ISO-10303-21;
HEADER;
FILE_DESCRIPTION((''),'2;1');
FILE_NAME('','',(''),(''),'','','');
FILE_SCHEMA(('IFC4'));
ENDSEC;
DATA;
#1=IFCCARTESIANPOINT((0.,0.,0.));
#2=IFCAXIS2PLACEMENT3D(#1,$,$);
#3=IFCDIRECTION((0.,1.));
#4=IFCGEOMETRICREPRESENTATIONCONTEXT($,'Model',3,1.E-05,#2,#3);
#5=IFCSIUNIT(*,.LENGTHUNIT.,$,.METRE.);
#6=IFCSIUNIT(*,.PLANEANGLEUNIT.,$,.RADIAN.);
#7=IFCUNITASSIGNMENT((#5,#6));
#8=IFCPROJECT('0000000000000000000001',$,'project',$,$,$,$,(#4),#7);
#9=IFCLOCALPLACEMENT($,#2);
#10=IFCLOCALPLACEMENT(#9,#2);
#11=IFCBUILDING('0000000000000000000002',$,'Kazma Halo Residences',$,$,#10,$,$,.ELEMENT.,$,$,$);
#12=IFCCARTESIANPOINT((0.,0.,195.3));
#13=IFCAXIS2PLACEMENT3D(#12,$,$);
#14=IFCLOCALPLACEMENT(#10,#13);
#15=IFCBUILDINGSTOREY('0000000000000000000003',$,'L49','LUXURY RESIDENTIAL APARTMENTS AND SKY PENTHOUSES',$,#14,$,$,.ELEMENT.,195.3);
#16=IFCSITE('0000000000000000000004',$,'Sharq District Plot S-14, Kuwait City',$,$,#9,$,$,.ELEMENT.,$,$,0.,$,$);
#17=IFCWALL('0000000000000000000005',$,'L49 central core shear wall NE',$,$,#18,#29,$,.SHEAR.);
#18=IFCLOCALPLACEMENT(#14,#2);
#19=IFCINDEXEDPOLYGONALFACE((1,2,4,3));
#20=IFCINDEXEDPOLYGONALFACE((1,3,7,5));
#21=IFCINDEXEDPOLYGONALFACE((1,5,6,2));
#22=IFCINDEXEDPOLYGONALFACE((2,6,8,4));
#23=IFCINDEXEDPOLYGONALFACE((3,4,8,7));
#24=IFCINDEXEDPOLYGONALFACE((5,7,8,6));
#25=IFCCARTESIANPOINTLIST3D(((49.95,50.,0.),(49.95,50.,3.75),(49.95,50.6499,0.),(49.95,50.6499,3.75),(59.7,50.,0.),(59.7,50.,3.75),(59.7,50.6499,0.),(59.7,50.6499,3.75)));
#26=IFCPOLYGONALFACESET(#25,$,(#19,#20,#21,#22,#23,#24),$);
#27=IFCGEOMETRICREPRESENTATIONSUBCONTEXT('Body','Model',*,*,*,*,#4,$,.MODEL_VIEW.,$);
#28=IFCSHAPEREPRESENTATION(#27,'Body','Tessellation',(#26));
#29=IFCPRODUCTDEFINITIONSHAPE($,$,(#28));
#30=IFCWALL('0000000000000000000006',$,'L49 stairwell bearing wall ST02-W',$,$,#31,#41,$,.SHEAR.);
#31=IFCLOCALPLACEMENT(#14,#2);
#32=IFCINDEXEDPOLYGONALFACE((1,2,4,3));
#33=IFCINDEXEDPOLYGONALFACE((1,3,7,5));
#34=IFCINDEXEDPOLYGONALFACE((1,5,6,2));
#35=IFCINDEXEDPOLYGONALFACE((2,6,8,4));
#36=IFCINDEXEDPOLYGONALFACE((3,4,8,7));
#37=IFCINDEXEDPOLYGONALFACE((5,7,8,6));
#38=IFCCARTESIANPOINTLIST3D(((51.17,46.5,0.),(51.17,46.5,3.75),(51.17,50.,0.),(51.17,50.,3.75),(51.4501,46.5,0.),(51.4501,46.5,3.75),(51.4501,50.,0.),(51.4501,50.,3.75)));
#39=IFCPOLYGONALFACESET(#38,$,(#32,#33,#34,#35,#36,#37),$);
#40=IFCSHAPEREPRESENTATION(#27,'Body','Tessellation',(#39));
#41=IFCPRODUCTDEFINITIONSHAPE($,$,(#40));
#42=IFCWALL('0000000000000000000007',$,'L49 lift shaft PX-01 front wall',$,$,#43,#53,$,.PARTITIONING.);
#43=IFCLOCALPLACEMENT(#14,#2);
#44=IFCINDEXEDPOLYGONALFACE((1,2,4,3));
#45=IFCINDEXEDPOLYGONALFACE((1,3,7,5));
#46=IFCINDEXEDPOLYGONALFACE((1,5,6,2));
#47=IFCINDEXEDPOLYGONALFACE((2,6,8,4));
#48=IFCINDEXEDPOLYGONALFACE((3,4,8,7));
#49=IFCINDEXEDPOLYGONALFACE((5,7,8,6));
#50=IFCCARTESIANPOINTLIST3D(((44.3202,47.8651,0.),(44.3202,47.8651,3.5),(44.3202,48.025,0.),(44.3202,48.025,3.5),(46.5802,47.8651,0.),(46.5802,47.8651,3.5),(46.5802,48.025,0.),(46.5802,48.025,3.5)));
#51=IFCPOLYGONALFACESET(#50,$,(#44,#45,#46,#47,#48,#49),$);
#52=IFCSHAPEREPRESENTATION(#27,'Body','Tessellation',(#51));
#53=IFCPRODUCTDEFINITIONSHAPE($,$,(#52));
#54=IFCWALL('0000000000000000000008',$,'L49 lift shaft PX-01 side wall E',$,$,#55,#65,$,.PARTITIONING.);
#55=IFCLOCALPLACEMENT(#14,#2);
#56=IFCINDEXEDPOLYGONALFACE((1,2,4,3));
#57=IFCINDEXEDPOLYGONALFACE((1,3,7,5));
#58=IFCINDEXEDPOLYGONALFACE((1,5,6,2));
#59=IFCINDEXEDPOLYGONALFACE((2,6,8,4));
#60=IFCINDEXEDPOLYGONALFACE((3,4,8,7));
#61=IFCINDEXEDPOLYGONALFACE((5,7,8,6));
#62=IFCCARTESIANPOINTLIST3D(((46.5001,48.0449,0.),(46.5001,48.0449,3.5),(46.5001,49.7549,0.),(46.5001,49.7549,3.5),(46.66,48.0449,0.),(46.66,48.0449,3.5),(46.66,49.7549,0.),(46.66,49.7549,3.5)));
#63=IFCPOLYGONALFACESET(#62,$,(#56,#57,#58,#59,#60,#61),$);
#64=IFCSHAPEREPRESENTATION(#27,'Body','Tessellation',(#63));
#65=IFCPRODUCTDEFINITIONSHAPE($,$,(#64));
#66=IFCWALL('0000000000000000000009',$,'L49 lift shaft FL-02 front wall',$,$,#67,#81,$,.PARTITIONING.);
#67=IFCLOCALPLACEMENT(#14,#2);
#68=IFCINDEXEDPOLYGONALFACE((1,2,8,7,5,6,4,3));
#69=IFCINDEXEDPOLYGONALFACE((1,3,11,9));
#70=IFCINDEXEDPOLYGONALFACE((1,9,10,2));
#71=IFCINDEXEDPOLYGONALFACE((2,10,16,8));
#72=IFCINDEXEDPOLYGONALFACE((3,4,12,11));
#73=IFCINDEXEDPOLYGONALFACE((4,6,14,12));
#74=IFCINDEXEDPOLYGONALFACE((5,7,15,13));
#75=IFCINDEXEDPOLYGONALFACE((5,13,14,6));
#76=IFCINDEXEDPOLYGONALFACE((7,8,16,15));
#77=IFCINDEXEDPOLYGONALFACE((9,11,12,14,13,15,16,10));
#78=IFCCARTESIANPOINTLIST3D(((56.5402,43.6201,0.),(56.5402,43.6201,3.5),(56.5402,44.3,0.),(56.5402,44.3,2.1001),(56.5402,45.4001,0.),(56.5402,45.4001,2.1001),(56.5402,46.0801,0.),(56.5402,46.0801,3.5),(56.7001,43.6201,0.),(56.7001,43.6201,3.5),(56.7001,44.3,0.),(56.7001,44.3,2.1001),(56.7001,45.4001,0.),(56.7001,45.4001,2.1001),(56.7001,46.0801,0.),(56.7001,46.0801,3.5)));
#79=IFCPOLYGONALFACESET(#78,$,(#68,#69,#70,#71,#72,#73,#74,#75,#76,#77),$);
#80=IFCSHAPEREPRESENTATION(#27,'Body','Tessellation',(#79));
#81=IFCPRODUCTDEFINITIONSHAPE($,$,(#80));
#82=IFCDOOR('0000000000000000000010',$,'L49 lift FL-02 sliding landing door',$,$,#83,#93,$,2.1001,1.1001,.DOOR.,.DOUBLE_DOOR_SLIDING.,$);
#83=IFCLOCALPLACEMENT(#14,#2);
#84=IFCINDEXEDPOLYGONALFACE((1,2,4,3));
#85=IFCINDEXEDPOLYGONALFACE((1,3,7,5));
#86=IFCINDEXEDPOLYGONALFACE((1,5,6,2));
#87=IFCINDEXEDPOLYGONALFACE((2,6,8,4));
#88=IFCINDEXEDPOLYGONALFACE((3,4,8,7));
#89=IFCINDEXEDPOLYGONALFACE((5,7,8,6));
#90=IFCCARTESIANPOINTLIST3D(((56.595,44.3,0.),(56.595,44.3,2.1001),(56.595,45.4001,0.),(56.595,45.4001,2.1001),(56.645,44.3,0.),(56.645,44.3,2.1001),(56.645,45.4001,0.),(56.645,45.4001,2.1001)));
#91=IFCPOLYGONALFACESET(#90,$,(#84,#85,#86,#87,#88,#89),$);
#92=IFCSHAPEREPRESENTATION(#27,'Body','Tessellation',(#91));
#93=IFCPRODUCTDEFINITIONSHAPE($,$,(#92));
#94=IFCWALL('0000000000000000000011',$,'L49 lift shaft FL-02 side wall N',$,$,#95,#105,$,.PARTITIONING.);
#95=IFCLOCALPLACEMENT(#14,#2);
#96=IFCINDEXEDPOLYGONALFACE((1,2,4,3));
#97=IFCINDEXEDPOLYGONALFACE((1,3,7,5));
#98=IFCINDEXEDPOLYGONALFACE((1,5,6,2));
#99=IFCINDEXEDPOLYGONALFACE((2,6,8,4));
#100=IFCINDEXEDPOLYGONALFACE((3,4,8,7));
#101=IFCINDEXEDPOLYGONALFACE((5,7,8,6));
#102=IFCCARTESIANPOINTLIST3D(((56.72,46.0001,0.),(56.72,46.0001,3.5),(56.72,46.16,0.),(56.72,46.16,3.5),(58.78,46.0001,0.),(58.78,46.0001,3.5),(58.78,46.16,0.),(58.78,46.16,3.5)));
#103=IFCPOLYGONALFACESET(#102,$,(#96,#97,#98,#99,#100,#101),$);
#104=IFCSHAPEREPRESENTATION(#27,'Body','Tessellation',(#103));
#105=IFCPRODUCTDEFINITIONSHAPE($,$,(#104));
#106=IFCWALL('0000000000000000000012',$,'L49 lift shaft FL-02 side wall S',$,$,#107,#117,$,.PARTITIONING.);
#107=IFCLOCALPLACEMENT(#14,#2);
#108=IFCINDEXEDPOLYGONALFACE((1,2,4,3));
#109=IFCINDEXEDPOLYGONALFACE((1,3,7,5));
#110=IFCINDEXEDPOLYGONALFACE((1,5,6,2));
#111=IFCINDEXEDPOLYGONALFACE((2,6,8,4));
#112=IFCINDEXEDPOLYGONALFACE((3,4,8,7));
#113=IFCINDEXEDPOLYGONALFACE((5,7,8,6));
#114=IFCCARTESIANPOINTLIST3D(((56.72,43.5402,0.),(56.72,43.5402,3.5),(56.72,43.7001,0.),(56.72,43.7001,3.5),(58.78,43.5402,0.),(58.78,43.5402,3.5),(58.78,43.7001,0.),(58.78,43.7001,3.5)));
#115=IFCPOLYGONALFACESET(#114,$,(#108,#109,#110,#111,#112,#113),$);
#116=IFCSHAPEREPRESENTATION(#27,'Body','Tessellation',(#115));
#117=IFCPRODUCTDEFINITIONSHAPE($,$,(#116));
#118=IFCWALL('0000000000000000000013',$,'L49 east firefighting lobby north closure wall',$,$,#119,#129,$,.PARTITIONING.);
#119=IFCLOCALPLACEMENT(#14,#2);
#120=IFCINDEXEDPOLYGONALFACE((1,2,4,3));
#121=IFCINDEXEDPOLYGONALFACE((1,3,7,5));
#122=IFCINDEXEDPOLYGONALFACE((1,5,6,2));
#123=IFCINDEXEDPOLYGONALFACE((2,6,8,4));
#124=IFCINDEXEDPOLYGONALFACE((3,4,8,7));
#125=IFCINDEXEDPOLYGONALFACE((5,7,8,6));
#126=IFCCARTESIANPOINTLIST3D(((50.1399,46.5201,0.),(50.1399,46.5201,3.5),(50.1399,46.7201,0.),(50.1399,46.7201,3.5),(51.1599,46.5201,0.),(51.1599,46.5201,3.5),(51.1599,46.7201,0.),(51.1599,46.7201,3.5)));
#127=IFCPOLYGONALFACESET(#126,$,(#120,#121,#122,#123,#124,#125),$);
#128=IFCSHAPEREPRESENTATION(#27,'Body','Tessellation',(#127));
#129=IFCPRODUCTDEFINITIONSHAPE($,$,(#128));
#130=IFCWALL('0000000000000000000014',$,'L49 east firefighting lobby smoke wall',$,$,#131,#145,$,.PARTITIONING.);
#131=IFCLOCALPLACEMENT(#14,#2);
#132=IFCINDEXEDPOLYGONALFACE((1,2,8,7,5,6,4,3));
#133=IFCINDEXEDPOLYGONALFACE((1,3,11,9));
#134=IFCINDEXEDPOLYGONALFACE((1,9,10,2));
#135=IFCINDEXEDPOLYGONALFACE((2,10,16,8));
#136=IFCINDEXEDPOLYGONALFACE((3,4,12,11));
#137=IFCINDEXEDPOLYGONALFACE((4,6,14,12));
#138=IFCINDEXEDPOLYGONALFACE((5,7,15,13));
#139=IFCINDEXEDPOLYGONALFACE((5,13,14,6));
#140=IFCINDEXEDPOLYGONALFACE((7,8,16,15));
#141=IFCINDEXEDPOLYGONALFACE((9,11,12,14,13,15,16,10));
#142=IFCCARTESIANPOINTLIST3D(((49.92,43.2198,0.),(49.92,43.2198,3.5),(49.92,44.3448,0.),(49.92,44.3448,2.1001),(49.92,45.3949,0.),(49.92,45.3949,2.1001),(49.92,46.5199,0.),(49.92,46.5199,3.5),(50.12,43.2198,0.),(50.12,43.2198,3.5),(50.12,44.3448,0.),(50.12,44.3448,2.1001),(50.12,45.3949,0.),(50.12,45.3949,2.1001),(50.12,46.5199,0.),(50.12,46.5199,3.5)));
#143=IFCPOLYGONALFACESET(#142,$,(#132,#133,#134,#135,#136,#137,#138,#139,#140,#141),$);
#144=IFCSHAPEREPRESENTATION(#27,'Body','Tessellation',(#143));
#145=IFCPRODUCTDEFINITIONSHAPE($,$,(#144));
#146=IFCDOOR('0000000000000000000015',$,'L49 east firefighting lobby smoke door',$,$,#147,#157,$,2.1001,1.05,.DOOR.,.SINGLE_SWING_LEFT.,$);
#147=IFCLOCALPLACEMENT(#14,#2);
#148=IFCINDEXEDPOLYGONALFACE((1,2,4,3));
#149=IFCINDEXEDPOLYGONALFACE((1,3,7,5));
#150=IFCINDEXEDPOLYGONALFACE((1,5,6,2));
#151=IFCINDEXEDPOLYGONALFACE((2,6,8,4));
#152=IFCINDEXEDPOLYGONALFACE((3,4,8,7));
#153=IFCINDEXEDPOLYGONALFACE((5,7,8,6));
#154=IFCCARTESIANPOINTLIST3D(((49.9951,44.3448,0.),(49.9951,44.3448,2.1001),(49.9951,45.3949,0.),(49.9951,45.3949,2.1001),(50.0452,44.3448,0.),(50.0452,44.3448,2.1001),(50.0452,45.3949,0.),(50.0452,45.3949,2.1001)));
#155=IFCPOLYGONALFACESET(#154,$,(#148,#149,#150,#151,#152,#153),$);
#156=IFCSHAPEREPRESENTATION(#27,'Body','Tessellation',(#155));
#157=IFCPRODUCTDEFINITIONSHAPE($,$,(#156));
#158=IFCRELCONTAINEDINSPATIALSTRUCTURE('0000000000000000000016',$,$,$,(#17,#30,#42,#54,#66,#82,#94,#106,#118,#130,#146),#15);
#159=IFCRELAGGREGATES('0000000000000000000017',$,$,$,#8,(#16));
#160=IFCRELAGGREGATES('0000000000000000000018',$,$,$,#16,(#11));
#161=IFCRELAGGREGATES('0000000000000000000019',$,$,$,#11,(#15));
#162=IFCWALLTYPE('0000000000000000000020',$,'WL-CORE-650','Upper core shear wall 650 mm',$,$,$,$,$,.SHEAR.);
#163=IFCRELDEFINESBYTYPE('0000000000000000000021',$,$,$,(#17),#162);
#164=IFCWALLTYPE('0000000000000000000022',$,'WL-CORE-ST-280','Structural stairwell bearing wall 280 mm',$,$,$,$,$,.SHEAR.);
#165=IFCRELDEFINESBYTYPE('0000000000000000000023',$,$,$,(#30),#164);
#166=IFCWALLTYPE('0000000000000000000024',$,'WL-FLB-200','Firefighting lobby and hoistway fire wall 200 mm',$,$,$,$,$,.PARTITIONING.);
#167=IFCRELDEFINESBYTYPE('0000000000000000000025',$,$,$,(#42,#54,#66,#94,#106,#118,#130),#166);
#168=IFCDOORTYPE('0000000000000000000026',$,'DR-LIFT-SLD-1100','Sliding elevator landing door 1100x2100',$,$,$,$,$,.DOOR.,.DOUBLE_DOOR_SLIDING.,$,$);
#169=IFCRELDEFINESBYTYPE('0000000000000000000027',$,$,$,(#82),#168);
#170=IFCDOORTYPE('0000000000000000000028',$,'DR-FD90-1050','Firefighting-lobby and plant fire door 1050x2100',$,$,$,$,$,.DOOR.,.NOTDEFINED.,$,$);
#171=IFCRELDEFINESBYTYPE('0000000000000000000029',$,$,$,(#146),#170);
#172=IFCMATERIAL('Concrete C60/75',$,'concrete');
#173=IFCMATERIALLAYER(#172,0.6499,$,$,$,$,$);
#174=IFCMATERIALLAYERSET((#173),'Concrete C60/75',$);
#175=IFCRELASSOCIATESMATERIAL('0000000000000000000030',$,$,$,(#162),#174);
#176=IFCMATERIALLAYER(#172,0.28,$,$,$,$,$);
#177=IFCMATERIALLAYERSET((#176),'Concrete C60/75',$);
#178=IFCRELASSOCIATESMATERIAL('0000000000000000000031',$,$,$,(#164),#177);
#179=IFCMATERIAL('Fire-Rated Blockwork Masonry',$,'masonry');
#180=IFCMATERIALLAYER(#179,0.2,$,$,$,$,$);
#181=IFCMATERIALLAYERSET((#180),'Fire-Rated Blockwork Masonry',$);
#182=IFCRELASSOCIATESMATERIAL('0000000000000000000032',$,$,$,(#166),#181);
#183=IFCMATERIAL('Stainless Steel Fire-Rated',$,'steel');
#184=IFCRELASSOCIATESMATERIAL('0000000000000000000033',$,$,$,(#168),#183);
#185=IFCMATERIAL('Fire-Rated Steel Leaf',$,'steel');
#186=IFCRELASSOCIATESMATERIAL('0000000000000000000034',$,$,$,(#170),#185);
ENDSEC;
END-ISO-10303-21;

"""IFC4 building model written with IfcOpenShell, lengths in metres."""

from ifc_helpers import new_model, si_unit, direction, frame, frame_2d, origin, place, context, subcontext, project, spatial, rectangle, extrude, material, layer, layer_set, type_object, element, fill, save


model = new_model("IFC4")

# Units and contexts
model_context = context("Model", 3, precision=1e-05, world=origin(), true_north=direction((0.0, 1.0)))
body_context = subcontext(model_context, "Body", "Model", "MODEL_VIEW")
ifc_project = project(units=[si_unit("LENGTHUNIT", "METRE"), si_unit("PLANEANGLEUNIT", "RADIAN")], contexts=[model_context])

# Site, building, storey
site_placement = place(None, origin())
site = spatial("IfcSite", under=ifc_project, at=site_placement, Name="Sharq District Plot S-14, Kuwait City", CompositionType="ELEMENT", RefElevation=0.0)
building_placement = place(site_placement, origin())
building = spatial("IfcBuilding", under=site, at=building_placement, Name="Kazma Halo Residences", CompositionType="ELEMENT")
storey_placement = place(building_placement, frame((0.0, 0.0, 195.3)))
storey = spatial("IfcBuildingStorey", under=building, at=storey_placement, Name="L49", Description="LUXURY RESIDENTIAL APARTMENTS AND SKY PENTHOUSES", CompositionType="ELEMENT", Elevation=195.3)

# Walls
ifc_material_1 = material(Name="Concrete C60/75", Category="concrete")
ifc_layer_1 = layer(ifc_material_1, 0.6499)
ifc_layer_set_1 = layer_set([ifc_layer_1], Name="Concrete C60/75")
wall_type_1 = type_object("IfcWallType", Name="WL-CORE-650", Description="Upper core shear wall 650 mm", PredefinedType="SHEAR", material=ifc_layer_set_1)
wall_1_placement = place(storey_placement, frame((49.95, 50.325, 0.0), z_axis=(0.0, 0.0, 1.0), x_axis=(1.0, 0.0, 0.0)))
element("IfcWall", 1, at=wall_1_placement, inside=storey, type_object=wall_type_1, Name="L49 central core shear wall NE", PredefinedType="SHEAR", context=body_context, shape_type="SweptSolid", body=[
    extrude(rectangle(XDim=9.75, YDim=0.6499, at=frame_2d((4.875, 0.0))), origin(), (0.0, 0.0, 1.0), 3.75),
])
ifc_layer_2 = layer(ifc_material_1, 0.28)
ifc_layer_set_2 = layer_set([ifc_layer_2], Name="Concrete C60/75")
wall_type_2 = type_object("IfcWallType", Name="WL-CORE-ST-280", Description="Structural stairwell bearing wall 280 mm", PredefinedType="SHEAR", material=ifc_layer_set_2)
wall_2_placement = place(storey_placement, frame((51.3101, 46.5, 0.0), z_axis=(0.0, 0.0, 1.0), x_axis=(0.0, 1.0, 0.0)))
element("IfcWall", 2, at=wall_2_placement, inside=storey, type_object=wall_type_2, Name="L49 stairwell bearing wall ST02-W", PredefinedType="SHEAR", context=body_context, shape_type="SweptSolid", body=[
    extrude(rectangle(XDim=3.5, YDim=0.28, at=frame_2d((1.75, 0.0))), origin(), (0.0, 0.0, 1.0), 3.75),
])
ifc_material_2 = material(Name="Fire-Rated Blockwork Masonry", Category="masonry")
ifc_layer_3 = layer(ifc_material_2, 0.2)
ifc_layer_set_3 = layer_set([ifc_layer_3], Name="Fire-Rated Blockwork Masonry")
wall_type_3 = type_object("IfcWallType", Name="WL-FLB-200", Description="Firefighting lobby and hoistway fire wall 200 mm", PredefinedType="PARTITIONING", material=ifc_layer_set_3)
wall_3_placement = place(storey_placement, frame((46.5801, 47.9451, 0.0), z_axis=(0.0, 0.0, 1.0), x_axis=(-1.0, 0.0, 0.0)))
element("IfcWall", 3, at=wall_3_placement, inside=storey, type_object=wall_type_3, Name="L49 lift shaft PX-01 front wall", PredefinedType="PARTITIONING", context=body_context, shape_type="SweptSolid", body=[
    extrude(rectangle(XDim=2.26, YDim=0.1599, at=frame_2d((1.1299, 0.0))), origin(), (0.0, 0.0, 1.0), 3.5),
])
wall_4_placement = place(storey_placement, frame((46.5801, 48.0449, 0.0), z_axis=(0.0, 0.0, 1.0), x_axis=(0.0, 1.0, 0.0)))
element("IfcWall", 4, at=wall_4_placement, inside=storey, type_object=wall_type_3, Name="L49 lift shaft PX-01 side wall E", PredefinedType="PARTITIONING", context=body_context, shape_type="SweptSolid", body=[
    extrude(rectangle(XDim=1.71, YDim=0.1599, at=frame_2d((0.855, 0.0))), origin(), (0.0, 0.0, 1.0), 3.5),
])

# Wall, opening, door
wall_5_placement = place(storey_placement, frame((56.6201, 46.0801, 0.0), z_axis=(0.0, 0.0, 1.0), x_axis=(0.0, -1.0, 0.0)))
wall_5 = element("IfcWall", 5, at=wall_5_placement, inside=storey, type_object=wall_type_3, Name="L49 lift shaft FL-02 front wall", PredefinedType="PARTITIONING", context=body_context, shape_type="SweptSolid", body=[
    extrude(rectangle(XDim=2.46, YDim=0.1599, at=frame_2d((1.23, 0.0))), origin(), (0.0, 0.0, 1.0), 3.5),
])
opening_1_placement = place(wall_5_placement, frame((0.6799, 0.0, 0.0)))
opening_1 = element("IfcOpeningElement", 6, at=opening_1_placement, cuts=wall_5, PredefinedType="OPENING", context=body_context, shape_type="SweptSolid", body=[
    extrude(rectangle(XDim=1.1001, YDim=2.1001, at=frame_2d((0.55, 1.05))), frame((0.0, 0.0898, 0.0), z_axis=(0.0, -1.0, 0.0), x_axis=(1.0, 0.0, 0.0)), (0.0, 0.0, 1.0), 0.1799),
])
ifc_material_3 = material(Name="Stainless Steel Fire-Rated", Category="steel")
door_type_1 = type_object("IfcDoorType", Name="DR-LIFT-SLD-1100", Description="Sliding elevator landing door 1100x2100", OperationType="DOUBLE_DOOR_SLIDING", PredefinedType="DOOR", material=ifc_material_3)
door_1_placement = place(opening_1_placement, origin())
door_1 = element("IfcDoor", 7, at=door_1_placement, inside=storey, type_object=door_type_1, Name="L49 lift FL-02 sliding landing door", OperationType="DOUBLE_DOOR_SLIDING", OverallHeight=2.1001, OverallWidth=1.1001, PredefinedType="DOOR", context=body_context, shape_type="SweptSolid", body=[
    extrude(rectangle(XDim=1.1001, YDim=2.1001, at=frame_2d((0.55, 1.05))), frame((0.0, 0.0249, 0.0), z_axis=(0.0, -1.0, 0.0), x_axis=(1.0, 0.0, 0.0)), (0.0, 0.0, 1.0), 0.05),
])
fill(opening_1, door_1)

# Walls
for number, where, z_axis, x_axis, name in (
    (8, (56.72, 46.0801, 0.0), (0.0, 0.0, 1.0), (1.0, 0.0, 0.0), "L49 lift shaft FL-02 side wall N"),
    (9, (56.72, 43.6201, 0.0), (0.0, 0.0, 1.0), (1.0, 0.0, 0.0), "L49 lift shaft FL-02 side wall S"),
):
    element("IfcWall", number, at=place(storey_placement, frame(where, z_axis=z_axis, x_axis=x_axis)), inside=storey, type_object=wall_type_3, Name=name, PredefinedType="PARTITIONING", context=body_context, shape_type="SweptSolid", body=[
        extrude(rectangle(XDim=2.0601, YDim=0.1599, at=frame_2d((1.03, 0.0))), origin(), (0.0, 0.0, 1.0), 3.5),
    ])
wall_6_placement = place(storey_placement, frame((50.1399, 46.6201, 0.0), z_axis=(0.0, 0.0, 1.0), x_axis=(1.0, 0.0, 0.0)))
element("IfcWall", 10, at=wall_6_placement, inside=storey, type_object=wall_type_3, Name="L49 east firefighting lobby north closure wall", PredefinedType="PARTITIONING", context=body_context, shape_type="SweptSolid", body=[
    extrude(rectangle(XDim=1.02, YDim=0.2, at=frame_2d((0.51, 0.0))), origin(), (0.0, 0.0, 1.0), 3.5),
])

# Wall, opening, door
wall_7_placement = place(storey_placement, frame((50.02, 43.22, 0.0), z_axis=(0.0, 0.0, 1.0), x_axis=(0.0, 1.0, 0.0)))
wall_7 = element("IfcWall", 11, at=wall_7_placement, inside=storey, type_object=wall_type_3, Name="L49 east firefighting lobby smoke wall", PredefinedType="PARTITIONING", context=body_context, shape_type="SweptSolid", body=[
    extrude(rectangle(XDim=3.3, YDim=0.2, at=frame_2d((1.6499, 0.0))), origin(), (0.0, 0.0, 1.0), 3.5),
])
opening_2_placement = place(wall_7_placement, frame((1.125, 0.0, 0.0)))
opening_2 = element("IfcOpeningElement", 12, at=opening_2_placement, cuts=wall_7, PredefinedType="OPENING", context=body_context, shape_type="SweptSolid", body=[
    extrude(rectangle(XDim=1.05, YDim=2.1001, at=frame_2d((0.5249, 1.05))), frame((0.0, 0.1099, 0.0), z_axis=(0.0, -1.0, 0.0), x_axis=(1.0, 0.0, 0.0)), (0.0, 0.0, 1.0), 0.22),
])
ifc_material_4 = material(Name="Fire-Rated Steel Leaf", Category="steel")
door_type_2 = type_object("IfcDoorType", Name="DR-FD90-1050", Description="Firefighting-lobby and plant fire door 1050x2100", OperationType="NOTDEFINED", PredefinedType="DOOR", material=ifc_material_4)
door_2_placement = place(opening_2_placement, origin())
door_2 = element("IfcDoor", 13, at=door_2_placement, inside=storey, type_object=door_type_2, Name="L49 east firefighting lobby smoke door", OperationType="SINGLE_SWING_LEFT", OverallHeight=2.1001, OverallWidth=1.05, PredefinedType="DOOR", context=body_context, shape_type="SweptSolid", body=[
    extrude(rectangle(XDim=1.05, YDim=2.1001, at=frame_2d((0.5249, 1.05))), frame((0.0, 0.0249, 0.0), z_axis=(0.0, -1.0, 0.0), x_axis=(1.0, 0.0, 0.0)), (0.0, 0.0, 1.0), 0.05),
])
fill(opening_2, door_2)

save(model, "model.ifc")
